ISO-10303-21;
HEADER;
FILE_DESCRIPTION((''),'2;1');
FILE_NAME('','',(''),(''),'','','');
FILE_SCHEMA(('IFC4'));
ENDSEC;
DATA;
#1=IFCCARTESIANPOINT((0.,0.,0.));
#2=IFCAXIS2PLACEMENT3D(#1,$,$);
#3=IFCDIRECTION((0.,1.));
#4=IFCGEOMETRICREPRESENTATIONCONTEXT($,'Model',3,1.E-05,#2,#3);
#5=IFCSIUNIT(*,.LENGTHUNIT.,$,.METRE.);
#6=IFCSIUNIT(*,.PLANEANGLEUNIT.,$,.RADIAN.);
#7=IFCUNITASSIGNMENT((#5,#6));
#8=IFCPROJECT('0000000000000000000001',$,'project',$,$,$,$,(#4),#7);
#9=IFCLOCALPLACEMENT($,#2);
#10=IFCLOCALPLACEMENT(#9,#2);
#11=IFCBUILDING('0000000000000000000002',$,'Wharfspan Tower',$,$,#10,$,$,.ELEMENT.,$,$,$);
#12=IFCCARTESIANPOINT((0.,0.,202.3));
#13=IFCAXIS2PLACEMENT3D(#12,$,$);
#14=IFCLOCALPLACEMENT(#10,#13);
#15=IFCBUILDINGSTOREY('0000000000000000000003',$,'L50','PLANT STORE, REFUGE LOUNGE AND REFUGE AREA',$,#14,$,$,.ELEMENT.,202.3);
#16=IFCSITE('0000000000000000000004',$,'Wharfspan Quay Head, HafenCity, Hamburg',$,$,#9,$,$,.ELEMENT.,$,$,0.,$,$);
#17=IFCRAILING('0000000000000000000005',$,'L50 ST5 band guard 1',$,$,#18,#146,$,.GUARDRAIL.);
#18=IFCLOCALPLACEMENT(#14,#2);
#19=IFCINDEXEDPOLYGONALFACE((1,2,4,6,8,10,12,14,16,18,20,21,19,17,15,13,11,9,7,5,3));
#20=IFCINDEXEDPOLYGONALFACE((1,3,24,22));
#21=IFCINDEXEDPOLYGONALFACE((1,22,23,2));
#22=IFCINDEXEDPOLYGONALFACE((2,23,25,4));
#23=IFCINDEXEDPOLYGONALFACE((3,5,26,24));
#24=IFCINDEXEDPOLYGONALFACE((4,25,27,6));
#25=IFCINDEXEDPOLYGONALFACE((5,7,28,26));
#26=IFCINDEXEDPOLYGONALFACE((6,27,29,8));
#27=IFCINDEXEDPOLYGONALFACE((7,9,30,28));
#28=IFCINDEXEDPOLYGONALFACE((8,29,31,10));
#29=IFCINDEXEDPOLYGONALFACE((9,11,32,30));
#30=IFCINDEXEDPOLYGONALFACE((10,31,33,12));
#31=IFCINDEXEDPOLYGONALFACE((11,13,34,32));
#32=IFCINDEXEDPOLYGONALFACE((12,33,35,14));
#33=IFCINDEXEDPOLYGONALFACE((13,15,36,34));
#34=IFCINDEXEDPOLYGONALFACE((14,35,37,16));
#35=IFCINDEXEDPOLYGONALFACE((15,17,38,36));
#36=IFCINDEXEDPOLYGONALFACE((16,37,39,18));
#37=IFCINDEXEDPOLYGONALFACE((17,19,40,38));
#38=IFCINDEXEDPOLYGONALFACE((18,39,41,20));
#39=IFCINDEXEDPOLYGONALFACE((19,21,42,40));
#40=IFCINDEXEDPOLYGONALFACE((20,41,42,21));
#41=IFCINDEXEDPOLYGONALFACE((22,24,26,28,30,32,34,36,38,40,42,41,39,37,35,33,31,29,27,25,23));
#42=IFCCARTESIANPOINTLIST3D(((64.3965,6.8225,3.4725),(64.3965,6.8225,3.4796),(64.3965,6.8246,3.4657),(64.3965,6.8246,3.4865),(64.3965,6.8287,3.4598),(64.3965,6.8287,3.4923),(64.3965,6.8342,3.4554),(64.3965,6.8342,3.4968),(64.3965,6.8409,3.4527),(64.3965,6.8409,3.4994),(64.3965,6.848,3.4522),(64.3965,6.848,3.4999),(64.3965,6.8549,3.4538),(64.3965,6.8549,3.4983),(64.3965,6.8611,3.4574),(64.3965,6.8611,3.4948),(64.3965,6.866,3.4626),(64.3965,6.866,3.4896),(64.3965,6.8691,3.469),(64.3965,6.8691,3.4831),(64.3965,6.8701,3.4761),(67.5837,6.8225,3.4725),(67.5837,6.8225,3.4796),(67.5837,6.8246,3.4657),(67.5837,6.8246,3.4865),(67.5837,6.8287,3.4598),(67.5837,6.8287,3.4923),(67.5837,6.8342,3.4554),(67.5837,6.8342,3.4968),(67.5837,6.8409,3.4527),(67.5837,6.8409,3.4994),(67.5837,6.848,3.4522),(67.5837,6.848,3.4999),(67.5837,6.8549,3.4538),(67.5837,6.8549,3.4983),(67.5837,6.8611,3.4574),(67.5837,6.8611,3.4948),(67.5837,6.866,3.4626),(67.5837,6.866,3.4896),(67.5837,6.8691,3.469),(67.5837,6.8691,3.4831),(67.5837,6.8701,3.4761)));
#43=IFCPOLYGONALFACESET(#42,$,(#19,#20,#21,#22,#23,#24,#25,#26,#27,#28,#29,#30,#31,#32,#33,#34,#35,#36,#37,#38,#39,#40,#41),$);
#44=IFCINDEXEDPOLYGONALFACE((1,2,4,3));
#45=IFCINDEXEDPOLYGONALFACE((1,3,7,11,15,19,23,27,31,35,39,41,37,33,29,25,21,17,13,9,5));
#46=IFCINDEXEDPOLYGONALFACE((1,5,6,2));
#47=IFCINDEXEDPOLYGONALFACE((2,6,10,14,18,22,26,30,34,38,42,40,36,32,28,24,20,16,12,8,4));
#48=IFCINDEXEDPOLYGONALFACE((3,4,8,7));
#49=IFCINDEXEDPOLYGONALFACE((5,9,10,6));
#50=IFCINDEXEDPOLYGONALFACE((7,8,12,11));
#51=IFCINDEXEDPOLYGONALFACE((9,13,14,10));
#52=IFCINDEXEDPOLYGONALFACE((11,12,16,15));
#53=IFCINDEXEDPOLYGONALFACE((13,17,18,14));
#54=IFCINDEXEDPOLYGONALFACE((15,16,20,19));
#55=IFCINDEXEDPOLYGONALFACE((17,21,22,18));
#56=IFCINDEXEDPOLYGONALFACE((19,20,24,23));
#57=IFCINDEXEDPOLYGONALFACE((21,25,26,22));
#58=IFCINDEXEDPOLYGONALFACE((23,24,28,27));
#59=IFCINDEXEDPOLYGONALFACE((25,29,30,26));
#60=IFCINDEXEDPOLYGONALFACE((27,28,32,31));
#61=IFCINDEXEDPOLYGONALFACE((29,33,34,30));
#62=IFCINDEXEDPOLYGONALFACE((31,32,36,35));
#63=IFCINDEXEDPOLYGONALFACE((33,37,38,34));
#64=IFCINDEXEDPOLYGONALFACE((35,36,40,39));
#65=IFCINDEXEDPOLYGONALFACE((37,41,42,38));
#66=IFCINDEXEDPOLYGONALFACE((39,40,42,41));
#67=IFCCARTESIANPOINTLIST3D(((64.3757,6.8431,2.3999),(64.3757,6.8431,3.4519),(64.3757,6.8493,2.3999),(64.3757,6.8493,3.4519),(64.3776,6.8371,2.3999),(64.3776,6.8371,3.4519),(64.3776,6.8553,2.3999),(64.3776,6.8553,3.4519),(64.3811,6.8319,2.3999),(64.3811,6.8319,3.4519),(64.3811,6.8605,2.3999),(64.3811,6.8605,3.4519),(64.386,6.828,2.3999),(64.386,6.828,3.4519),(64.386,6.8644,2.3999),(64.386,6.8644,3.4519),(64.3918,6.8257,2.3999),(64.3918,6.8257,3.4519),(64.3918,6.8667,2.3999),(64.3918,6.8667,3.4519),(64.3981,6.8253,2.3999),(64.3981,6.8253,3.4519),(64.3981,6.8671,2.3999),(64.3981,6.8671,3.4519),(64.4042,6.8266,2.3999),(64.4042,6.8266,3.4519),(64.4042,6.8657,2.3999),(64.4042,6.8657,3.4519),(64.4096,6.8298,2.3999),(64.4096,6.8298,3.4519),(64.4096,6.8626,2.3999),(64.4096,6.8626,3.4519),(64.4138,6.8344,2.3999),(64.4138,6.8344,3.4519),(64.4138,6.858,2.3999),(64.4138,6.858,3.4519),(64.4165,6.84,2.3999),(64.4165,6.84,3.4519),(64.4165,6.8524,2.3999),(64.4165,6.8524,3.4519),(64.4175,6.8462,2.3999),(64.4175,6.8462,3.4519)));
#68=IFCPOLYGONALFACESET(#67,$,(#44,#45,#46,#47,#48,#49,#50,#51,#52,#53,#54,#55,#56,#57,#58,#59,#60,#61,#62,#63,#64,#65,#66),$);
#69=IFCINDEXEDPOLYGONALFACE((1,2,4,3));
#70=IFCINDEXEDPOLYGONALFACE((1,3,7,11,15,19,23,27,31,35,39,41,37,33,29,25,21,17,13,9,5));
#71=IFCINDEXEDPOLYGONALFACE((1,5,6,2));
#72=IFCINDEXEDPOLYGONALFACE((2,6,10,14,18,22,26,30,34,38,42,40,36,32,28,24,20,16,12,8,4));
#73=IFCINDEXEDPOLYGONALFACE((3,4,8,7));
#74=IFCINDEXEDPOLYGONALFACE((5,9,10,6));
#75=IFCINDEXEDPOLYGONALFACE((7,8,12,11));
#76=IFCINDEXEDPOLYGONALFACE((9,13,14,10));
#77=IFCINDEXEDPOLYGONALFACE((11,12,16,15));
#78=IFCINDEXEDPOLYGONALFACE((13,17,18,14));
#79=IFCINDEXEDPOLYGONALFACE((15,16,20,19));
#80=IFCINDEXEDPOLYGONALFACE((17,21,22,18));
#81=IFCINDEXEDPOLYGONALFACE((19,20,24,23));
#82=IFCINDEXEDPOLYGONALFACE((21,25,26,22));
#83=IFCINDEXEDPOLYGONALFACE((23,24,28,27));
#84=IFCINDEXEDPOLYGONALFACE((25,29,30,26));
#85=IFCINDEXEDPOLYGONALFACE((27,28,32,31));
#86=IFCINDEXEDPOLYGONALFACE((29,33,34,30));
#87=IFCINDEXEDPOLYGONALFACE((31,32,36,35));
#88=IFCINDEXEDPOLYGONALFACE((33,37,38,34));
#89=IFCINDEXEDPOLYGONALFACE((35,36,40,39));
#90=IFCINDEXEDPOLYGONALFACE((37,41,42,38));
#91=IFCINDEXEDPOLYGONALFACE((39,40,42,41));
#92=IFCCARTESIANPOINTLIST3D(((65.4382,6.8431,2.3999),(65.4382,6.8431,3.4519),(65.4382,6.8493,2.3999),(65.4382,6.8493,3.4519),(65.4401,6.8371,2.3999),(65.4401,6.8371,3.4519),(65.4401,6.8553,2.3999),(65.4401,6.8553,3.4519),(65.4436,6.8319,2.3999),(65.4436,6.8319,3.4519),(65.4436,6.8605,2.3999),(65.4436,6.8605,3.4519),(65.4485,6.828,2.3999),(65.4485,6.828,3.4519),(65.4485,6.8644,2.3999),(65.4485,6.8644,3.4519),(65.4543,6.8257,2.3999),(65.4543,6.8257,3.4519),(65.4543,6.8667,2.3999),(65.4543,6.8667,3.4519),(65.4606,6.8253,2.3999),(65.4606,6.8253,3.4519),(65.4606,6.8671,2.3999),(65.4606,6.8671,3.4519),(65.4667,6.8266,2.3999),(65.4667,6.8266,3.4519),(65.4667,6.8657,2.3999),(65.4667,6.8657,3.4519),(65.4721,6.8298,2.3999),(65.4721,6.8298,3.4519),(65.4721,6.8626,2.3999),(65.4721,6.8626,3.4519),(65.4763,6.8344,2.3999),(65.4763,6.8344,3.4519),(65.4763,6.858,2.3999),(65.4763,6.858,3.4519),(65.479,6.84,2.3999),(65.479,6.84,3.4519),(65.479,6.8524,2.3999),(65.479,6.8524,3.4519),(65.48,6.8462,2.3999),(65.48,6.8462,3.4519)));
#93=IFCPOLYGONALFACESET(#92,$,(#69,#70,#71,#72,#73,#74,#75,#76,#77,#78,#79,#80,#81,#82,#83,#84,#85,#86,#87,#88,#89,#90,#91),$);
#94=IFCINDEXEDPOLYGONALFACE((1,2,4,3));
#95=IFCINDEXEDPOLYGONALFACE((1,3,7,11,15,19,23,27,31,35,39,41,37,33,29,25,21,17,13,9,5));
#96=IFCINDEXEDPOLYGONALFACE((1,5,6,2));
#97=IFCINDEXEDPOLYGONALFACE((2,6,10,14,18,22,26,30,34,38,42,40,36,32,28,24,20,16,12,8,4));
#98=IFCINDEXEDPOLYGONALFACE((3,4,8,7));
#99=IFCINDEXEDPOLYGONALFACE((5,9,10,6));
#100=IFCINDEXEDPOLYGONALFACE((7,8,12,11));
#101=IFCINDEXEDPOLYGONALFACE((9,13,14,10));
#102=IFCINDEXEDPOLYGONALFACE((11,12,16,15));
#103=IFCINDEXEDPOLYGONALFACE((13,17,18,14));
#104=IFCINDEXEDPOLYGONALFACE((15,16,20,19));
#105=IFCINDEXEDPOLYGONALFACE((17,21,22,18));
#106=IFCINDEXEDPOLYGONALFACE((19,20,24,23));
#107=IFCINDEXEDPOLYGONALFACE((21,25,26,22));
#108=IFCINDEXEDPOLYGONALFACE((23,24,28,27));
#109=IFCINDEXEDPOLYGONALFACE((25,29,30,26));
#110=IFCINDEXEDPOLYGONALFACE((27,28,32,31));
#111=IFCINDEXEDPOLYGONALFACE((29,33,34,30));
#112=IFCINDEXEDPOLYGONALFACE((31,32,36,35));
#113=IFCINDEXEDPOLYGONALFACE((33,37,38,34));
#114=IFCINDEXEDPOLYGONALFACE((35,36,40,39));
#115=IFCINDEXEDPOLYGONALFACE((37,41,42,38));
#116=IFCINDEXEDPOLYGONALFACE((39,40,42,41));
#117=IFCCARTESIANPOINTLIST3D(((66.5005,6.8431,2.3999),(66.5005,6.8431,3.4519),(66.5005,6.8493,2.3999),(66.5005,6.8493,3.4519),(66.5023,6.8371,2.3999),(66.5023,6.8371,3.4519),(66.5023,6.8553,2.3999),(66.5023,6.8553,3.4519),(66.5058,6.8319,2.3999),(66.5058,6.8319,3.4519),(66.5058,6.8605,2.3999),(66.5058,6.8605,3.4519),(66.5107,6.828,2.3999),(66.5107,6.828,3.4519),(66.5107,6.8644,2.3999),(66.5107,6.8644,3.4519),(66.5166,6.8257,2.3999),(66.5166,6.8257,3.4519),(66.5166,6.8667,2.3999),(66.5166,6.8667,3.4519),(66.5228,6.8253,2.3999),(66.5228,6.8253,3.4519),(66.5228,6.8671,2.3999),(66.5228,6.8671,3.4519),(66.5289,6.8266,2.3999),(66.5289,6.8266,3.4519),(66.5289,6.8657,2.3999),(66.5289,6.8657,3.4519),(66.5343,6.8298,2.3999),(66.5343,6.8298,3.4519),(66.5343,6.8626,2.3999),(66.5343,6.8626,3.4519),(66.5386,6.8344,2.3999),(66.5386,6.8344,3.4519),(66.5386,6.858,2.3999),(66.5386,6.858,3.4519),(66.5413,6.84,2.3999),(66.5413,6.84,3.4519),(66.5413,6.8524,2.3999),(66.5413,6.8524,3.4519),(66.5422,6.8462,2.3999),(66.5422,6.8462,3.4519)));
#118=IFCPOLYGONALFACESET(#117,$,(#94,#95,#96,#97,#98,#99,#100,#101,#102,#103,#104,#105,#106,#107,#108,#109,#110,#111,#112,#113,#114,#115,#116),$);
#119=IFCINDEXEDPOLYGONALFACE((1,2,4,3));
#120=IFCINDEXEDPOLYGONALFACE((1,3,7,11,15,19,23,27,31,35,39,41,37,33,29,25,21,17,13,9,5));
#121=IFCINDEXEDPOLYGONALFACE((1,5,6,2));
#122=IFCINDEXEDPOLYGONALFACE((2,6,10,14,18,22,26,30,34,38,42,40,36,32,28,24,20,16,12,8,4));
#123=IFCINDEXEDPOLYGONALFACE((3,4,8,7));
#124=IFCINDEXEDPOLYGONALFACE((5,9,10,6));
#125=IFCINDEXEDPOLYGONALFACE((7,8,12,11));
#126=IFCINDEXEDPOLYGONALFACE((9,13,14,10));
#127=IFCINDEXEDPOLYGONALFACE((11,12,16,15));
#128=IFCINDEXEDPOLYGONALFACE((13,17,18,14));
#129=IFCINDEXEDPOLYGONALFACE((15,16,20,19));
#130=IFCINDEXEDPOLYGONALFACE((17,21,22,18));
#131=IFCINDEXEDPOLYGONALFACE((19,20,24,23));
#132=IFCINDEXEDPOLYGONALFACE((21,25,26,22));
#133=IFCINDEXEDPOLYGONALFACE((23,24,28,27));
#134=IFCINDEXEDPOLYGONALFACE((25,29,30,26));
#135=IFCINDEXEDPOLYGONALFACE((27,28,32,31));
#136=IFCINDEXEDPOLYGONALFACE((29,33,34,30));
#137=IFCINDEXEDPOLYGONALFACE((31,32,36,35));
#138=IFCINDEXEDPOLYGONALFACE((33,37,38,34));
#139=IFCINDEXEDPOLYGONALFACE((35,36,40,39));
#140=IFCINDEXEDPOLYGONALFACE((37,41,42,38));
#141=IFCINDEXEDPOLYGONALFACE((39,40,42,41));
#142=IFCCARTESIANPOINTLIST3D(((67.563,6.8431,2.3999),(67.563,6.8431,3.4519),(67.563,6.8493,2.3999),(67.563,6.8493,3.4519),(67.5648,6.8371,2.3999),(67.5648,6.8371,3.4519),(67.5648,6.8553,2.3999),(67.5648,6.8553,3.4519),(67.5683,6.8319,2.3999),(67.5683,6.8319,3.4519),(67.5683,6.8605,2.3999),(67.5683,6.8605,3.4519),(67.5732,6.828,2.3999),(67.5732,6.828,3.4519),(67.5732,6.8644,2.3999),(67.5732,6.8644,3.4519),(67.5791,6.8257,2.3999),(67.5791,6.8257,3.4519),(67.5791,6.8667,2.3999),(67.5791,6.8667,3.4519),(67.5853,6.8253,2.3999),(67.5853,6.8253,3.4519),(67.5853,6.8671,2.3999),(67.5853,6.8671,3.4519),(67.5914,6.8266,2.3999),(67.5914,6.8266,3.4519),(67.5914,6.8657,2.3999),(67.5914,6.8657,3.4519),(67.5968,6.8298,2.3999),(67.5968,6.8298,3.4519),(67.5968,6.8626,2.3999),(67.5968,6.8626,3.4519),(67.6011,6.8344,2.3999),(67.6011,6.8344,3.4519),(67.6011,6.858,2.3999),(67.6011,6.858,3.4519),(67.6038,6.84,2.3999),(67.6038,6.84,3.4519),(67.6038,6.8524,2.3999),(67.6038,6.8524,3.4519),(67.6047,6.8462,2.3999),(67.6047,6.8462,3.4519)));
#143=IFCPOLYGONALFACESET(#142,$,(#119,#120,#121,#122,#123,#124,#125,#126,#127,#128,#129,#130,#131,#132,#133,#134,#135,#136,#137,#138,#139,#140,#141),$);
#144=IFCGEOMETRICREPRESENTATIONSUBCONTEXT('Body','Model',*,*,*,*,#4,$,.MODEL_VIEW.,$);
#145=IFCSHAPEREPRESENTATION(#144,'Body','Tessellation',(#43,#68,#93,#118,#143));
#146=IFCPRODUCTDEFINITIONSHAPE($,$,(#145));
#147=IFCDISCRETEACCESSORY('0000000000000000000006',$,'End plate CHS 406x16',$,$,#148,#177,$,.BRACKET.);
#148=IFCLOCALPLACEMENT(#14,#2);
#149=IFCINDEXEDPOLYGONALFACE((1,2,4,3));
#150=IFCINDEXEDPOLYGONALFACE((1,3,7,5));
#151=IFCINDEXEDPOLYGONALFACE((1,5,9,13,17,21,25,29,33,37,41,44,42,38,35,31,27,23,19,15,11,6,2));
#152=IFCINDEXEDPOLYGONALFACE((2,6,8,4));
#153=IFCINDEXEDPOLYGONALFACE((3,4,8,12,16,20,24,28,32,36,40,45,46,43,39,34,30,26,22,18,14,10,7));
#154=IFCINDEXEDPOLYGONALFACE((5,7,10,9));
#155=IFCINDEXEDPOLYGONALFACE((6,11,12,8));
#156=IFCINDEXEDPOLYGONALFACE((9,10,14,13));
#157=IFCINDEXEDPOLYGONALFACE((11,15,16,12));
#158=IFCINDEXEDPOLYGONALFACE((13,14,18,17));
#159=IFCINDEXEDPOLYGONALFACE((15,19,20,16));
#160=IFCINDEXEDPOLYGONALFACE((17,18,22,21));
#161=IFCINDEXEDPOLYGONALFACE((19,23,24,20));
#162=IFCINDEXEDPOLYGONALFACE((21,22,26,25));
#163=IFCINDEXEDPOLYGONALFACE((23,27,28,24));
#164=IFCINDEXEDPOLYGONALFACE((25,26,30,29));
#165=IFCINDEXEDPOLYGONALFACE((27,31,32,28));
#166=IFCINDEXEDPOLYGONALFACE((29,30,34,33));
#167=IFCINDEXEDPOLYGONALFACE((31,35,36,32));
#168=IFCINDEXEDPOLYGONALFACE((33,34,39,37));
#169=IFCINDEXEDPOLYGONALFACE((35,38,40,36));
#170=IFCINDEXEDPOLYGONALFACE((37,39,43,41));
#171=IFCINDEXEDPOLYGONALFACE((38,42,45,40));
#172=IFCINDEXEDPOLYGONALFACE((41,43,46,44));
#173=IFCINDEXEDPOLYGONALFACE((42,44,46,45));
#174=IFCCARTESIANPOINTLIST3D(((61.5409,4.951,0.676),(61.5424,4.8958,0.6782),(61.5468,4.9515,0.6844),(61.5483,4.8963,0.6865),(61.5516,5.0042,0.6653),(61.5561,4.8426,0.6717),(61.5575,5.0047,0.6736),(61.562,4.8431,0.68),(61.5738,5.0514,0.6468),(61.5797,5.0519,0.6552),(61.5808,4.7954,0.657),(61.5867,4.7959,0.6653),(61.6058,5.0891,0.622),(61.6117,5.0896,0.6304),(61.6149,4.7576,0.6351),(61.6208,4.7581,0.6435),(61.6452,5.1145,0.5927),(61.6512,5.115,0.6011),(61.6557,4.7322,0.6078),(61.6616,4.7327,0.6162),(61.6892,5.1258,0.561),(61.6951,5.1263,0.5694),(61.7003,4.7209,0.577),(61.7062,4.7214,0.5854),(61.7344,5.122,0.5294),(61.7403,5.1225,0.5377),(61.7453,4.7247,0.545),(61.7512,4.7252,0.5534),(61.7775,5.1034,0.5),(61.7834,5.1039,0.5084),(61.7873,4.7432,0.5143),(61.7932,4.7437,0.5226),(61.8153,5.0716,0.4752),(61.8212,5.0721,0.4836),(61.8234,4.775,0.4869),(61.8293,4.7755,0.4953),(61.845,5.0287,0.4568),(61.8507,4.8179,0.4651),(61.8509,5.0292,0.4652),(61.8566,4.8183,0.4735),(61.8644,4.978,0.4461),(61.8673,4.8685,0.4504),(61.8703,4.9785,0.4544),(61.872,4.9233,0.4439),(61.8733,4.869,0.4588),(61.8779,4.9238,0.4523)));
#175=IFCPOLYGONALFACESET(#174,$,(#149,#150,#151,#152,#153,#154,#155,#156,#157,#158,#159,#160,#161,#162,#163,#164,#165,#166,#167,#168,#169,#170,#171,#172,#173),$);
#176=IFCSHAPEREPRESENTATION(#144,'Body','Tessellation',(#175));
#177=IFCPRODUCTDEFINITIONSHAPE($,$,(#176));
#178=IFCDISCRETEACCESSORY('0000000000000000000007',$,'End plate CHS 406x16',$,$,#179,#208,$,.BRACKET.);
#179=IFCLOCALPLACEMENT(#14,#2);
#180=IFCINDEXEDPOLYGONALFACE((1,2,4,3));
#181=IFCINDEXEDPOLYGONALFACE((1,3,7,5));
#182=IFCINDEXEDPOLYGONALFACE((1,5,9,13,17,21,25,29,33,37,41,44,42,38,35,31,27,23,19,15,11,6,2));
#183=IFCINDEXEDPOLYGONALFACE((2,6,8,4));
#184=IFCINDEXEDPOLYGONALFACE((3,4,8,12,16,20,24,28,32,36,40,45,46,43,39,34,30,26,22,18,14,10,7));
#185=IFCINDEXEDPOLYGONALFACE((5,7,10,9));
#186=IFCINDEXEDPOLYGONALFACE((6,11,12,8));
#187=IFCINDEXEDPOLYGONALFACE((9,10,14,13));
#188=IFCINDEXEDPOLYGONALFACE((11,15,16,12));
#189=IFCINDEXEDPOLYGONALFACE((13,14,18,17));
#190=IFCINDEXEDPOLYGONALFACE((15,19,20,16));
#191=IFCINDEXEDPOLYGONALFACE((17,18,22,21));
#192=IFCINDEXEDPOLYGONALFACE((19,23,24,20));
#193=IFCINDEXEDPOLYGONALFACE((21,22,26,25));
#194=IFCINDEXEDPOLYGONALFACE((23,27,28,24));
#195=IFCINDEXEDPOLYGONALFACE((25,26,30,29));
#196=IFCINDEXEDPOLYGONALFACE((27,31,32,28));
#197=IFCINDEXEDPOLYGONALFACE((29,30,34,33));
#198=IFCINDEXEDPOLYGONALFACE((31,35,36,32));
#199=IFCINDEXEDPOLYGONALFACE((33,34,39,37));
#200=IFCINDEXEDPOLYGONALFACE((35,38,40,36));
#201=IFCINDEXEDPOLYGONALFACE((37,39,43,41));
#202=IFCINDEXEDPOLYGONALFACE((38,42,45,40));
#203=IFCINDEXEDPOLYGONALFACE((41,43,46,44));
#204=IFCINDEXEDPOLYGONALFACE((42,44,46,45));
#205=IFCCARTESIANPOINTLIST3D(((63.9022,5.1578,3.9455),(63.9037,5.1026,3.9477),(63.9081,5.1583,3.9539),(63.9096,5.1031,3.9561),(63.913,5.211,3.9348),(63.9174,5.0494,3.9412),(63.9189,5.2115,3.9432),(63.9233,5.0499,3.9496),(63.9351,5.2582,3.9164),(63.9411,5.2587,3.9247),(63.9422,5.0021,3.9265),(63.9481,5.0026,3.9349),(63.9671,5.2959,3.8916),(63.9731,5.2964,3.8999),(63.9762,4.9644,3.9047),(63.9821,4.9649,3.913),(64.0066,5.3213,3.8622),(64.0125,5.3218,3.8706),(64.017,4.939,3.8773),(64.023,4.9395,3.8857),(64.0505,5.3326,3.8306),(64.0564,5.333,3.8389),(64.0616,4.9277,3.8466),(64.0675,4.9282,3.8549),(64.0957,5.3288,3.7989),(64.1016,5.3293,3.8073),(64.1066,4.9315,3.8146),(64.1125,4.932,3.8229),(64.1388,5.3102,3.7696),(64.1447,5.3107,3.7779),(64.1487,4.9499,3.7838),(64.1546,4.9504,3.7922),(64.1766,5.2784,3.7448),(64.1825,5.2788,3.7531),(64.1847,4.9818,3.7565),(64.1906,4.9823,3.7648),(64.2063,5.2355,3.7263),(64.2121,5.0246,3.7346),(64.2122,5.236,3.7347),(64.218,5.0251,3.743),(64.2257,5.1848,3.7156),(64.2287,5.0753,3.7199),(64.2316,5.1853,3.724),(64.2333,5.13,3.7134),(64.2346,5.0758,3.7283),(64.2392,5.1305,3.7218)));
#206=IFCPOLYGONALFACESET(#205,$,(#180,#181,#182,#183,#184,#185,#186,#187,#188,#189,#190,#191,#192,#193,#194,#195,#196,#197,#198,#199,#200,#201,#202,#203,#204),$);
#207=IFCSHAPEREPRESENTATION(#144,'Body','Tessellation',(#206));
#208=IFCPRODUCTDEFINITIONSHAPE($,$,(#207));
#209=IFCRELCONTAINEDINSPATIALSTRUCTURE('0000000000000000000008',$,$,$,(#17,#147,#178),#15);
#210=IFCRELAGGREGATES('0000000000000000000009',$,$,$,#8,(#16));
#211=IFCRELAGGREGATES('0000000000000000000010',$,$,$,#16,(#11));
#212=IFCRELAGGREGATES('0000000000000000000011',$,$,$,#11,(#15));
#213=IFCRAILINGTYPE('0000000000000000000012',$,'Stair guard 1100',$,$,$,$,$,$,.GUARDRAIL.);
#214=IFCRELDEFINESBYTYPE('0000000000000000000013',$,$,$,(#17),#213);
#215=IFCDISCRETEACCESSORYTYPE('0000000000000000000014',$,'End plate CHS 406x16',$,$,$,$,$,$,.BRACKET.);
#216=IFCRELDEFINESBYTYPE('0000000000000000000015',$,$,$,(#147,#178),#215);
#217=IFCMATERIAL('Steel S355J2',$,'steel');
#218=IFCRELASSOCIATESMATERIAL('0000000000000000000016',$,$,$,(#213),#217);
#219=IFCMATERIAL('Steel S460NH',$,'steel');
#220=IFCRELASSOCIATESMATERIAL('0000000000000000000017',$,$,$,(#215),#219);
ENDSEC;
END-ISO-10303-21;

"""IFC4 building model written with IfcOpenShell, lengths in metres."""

from ifc_helpers import new_model, si_unit, direction, frame, origin, origin_2d, place, context, subcontext, project, spatial, circle, extrude, material, material_profile, profile_set, type_object, element, save


model = new_model("IFC4")

# Units and contexts
model_context = context("Model", 3, precision=1e-05, world=origin(), true_north=direction((0.0, 1.0)))
body_context = subcontext(model_context, "Body", "Model", "MODEL_VIEW")
ifc_project = project(units=[si_unit("LENGTHUNIT", "METRE"), si_unit("PLANEANGLEUNIT", "RADIAN")], contexts=[model_context])

# Site, building, storey
site_placement = place(None, origin())
site = spatial("IfcSite", under=ifc_project, at=site_placement, Name="Wharfspan Quay Head, HafenCity, Hamburg", CompositionType="ELEMENT", RefElevation=0.0)
building_placement = place(site_placement, origin())
building = spatial("IfcBuilding", under=site, at=building_placement, Name="Wharfspan Tower", CompositionType="ELEMENT")
storey_placement = place(building_placement, frame((0.0, 0.0, 202.3)))
storey = spatial("IfcBuildingStorey", under=building, at=storey_placement, Name="L50", Description="PLANT STORE, REFUGE LOUNGE AND REFUGE AREA", CompositionType="ELEMENT", Elevation=202.3)

# Shared definitions
ifc_material_1 = material(Name="Steel S355J2", Category="steel")

# Shared definitions
ifc_material_2 = material(Name="Steel S460NH", Category="steel")

# Railing
railing_type = type_object("IfcRailingType", Name="Stair guard 1100", PredefinedType="GUARDRAIL", material=ifc_material_1)
railing_placement = place(storey_placement, frame((64.3965, 6.8462, 2.3999)))
element("IfcRailing", 1, at=railing_placement, inside=storey, type_object=railing_type, Name="L50 ST5 band guard 1", PredefinedType="GUARDRAIL", context=body_context, shape_type="SweptSolid", body=[
    extrude(circle(Radius=0.0239, at=origin_2d()), frame((0.0, 0.0, 1.0762), z_axis=(1.0, 0.0, 0.0), x_axis=(0.0, 1.0, 0.0)), (0.0, 0.0, 1.0), 3.1873),
    extrude(circle(Radius=0.021, at=origin_2d()), origin(), (0.0, 0.0, 1.0), 1.052),
    extrude(circle(Radius=0.021, at=origin_2d()), frame((1.0625, 0.0, 0.0)), (0.0, 0.0, 1.0), 1.052),
    extrude(circle(Radius=0.021, at=origin_2d()), frame((2.1248, 0.0, 0.0)), (0.0, 0.0, 1.0), 1.052),
    extrude(circle(Radius=0.021, at=origin_2d()), frame((3.1873, 0.0, 0.0)), (0.0, 0.0, 1.0), 1.052),
])

# Discrete accessories
ifc_material_profile_1 = material_profile(ifc_material_2, circle(Radius=0.2031, at=origin_2d()))
ifc_profile_set_1 = profile_set([ifc_material_profile_1], Name="Steel S460NH")
discrete_accessory_type_1 = type_object("IfcDiscreteAccessoryType", Name="End plate CHS 406x16", PredefinedType="BRACKET", material=ifc_profile_set_1)
for number, where, z_axis, x_axis, name in (
    (2, (61.7061, 4.9233, 0.561), (0.576018, 0.048002, 0.816026), (-0.083046, 0.996542, 0.0), "End plate CHS 406x16"),
    (3, (64.0674, 5.1301, 3.8306), (0.576018, 0.048002, 0.816026), (-0.083046, 0.996542, 0.0), "End plate CHS 406x16"),
):
    element("IfcDiscreteAccessory", number, at=place(storey_placement, frame(where, z_axis=z_axis, x_axis=x_axis)), inside=storey, type_object=discrete_accessory_type_1, Name=name, PredefinedType="BRACKET", context=body_context, shape_type="SweptSolid", body=[
        extrude(circle(Radius=0.2031, at=origin_2d()), origin(), (0.0, 0.0, 1.0), 0.0103),
    ])

save(model, "model.ifc")
